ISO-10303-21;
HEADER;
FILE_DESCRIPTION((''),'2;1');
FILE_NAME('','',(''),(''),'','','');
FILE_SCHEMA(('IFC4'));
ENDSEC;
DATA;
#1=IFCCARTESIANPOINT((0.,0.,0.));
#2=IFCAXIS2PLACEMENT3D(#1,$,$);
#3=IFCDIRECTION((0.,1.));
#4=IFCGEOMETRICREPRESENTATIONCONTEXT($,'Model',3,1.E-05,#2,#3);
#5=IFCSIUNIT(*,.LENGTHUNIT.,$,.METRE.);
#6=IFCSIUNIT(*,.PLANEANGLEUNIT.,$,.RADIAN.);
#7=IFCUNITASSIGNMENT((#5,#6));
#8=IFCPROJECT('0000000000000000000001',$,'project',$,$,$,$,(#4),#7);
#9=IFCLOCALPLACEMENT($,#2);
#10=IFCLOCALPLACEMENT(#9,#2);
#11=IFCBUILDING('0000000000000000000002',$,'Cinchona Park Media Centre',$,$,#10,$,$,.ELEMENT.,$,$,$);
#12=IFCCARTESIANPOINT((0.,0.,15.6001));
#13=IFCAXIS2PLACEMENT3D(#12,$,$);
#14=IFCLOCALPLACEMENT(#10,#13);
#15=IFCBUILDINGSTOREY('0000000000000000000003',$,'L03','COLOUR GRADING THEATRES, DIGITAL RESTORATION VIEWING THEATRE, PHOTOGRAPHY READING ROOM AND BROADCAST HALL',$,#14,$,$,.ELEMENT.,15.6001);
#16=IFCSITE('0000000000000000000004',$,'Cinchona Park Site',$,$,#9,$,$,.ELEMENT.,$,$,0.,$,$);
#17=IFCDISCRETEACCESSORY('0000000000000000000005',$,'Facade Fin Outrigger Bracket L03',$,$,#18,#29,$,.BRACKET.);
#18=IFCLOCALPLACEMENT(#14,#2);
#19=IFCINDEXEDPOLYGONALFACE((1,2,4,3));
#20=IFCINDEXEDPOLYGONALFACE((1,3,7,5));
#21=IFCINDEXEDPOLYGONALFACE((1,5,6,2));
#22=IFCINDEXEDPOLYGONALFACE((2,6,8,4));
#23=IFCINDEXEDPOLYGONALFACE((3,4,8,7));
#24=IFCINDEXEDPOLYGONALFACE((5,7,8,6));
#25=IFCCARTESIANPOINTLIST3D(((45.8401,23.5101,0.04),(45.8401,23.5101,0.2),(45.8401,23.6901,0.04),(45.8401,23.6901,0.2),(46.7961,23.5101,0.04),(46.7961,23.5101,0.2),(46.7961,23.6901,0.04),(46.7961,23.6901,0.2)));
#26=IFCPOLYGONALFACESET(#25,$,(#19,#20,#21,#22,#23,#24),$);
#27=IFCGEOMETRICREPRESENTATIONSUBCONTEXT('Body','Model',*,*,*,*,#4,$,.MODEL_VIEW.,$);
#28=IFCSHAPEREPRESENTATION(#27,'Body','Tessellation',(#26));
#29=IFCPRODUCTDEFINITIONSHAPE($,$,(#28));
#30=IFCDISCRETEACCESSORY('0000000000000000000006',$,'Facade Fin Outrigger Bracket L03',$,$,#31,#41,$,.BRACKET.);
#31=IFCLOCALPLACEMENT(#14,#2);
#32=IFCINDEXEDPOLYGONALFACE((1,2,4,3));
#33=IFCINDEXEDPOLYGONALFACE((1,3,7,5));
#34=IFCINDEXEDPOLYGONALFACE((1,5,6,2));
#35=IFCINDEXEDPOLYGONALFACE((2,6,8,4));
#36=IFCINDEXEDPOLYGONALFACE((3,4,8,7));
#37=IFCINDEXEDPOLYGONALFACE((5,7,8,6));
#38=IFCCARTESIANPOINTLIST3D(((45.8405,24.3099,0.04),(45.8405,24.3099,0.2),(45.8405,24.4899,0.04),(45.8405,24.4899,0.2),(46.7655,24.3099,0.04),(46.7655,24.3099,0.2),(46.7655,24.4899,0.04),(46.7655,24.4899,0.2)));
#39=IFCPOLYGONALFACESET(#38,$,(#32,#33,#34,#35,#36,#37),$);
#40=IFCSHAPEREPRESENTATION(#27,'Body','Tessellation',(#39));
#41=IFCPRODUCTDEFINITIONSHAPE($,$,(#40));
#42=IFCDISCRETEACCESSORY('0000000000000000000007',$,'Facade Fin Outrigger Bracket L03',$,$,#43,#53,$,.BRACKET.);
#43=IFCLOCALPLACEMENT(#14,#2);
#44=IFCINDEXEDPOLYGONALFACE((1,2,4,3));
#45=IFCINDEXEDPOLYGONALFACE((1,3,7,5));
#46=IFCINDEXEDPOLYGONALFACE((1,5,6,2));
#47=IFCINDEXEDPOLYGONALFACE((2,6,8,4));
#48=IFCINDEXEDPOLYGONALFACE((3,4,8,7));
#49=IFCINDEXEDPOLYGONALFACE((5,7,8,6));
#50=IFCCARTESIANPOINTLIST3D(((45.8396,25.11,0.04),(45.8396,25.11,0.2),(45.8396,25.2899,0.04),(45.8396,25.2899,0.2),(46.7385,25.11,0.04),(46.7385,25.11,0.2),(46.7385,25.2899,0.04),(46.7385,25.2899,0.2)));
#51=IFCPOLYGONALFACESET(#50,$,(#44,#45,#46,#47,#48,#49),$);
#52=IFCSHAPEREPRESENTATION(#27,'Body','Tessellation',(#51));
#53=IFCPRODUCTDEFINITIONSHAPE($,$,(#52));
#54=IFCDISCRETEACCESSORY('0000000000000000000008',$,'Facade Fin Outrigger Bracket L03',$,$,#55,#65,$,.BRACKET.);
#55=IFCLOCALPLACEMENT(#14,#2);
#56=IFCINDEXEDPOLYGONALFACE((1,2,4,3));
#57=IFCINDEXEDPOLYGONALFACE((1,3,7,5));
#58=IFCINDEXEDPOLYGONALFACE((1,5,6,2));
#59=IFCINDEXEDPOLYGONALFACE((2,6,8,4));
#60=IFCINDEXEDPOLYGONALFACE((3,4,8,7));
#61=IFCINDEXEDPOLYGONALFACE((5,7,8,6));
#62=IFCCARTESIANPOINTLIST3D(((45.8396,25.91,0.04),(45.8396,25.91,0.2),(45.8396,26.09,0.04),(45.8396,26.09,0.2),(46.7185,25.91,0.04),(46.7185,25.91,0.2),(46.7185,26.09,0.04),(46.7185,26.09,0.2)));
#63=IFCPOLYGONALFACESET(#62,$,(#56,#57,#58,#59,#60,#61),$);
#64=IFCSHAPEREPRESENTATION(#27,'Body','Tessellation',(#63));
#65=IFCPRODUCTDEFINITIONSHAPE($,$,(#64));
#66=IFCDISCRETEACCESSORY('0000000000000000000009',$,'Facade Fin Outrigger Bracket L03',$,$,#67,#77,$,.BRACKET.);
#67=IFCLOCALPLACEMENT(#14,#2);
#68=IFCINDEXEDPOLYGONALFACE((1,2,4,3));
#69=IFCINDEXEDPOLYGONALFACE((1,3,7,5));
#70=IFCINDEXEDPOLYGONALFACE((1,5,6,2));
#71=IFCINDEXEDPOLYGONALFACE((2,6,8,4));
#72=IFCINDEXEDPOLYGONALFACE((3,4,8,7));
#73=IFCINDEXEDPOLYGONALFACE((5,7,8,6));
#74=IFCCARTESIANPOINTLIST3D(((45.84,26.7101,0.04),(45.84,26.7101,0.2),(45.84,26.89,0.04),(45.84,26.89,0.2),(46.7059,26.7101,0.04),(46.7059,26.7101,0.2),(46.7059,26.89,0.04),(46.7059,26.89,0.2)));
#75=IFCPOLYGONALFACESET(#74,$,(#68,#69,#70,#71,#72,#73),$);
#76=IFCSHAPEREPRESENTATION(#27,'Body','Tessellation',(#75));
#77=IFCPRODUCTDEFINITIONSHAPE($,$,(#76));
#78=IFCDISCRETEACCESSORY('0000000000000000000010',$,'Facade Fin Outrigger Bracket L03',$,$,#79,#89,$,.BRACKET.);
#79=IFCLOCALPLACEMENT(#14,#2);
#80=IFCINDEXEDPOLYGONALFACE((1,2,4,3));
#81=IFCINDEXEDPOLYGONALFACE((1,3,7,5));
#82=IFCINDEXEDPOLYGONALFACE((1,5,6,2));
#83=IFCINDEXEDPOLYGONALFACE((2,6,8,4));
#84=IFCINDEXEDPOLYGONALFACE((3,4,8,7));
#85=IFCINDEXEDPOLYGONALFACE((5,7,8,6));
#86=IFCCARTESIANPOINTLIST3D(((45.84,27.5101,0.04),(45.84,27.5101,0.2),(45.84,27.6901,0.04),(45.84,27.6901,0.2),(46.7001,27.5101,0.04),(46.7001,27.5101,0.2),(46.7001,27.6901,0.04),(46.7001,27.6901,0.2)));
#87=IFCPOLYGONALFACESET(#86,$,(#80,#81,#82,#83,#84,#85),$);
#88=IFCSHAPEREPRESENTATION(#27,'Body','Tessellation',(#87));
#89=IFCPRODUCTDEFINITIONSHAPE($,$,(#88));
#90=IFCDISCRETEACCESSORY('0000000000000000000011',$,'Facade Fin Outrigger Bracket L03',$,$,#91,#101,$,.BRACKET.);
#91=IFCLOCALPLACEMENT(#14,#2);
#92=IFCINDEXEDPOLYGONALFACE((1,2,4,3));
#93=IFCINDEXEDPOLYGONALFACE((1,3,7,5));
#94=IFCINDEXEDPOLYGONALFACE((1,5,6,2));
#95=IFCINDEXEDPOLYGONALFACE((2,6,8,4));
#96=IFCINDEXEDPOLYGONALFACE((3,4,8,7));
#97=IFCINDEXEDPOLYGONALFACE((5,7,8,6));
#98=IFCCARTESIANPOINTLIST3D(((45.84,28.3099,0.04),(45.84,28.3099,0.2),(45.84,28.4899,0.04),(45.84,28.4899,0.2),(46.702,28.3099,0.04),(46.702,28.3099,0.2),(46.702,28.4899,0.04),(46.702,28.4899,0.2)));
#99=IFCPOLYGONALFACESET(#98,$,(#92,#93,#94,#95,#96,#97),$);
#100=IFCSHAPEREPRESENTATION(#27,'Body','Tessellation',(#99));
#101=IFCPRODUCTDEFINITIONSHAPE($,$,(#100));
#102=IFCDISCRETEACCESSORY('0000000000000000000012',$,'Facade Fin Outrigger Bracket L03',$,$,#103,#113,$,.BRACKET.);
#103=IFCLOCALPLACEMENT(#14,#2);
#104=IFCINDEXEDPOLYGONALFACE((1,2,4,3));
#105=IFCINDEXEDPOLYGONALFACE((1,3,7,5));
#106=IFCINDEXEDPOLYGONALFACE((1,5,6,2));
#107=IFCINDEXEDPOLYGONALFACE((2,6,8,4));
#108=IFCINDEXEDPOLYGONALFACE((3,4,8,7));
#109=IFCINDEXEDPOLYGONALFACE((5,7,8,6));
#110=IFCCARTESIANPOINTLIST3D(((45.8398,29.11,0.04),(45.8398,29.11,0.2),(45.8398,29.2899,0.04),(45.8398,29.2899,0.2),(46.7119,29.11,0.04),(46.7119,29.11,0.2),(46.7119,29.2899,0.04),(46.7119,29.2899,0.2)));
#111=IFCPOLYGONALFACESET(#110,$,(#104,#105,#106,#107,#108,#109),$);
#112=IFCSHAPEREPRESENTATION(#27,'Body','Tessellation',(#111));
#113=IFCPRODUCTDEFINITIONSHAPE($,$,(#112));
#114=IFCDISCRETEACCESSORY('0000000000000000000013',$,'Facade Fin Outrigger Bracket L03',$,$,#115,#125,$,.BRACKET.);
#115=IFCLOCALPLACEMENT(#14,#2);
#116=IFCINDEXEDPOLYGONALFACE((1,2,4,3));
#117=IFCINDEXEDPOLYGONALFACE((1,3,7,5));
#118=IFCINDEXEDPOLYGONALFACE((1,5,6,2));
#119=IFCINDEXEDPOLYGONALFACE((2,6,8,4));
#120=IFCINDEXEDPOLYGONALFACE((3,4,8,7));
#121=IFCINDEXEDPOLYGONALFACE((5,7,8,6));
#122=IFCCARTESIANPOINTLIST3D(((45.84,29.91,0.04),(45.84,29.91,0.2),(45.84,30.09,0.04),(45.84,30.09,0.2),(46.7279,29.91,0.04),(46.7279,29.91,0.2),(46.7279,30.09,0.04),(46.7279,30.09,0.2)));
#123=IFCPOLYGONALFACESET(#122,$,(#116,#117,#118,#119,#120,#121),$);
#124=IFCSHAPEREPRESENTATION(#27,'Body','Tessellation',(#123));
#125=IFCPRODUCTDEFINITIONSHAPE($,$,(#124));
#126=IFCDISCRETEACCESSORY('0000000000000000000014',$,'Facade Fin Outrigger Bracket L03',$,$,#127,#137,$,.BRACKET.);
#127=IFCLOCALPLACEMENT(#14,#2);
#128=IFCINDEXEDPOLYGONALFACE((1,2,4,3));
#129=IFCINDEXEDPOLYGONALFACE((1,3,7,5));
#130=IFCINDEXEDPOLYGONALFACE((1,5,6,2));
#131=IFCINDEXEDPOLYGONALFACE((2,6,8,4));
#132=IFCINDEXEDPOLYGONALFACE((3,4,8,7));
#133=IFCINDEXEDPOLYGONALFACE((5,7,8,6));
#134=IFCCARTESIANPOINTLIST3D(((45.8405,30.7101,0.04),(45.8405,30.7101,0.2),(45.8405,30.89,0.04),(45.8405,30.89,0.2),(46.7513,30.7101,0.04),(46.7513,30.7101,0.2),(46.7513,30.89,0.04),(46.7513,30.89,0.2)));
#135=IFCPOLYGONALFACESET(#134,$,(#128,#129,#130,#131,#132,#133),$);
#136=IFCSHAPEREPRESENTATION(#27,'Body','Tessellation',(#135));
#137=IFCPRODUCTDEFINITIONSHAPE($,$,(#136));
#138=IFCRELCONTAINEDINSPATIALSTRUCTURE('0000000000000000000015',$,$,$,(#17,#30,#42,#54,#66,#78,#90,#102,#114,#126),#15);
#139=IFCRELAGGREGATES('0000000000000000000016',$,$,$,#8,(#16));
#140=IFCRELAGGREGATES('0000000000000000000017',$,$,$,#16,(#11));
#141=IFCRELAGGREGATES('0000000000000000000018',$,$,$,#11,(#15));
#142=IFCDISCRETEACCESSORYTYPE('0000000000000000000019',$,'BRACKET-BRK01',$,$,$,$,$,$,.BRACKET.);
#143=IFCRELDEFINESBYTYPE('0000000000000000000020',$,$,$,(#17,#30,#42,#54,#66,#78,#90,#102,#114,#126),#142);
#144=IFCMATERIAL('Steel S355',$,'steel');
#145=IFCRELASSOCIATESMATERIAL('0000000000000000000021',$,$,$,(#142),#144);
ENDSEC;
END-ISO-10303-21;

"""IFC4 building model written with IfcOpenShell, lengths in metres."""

from ifc_helpers import new_model, si_unit, direction, frame, origin, origin_2d, place, context, subcontext, project, spatial, rectangle, extrude, material, type_object, element, save


model = new_model("IFC4")

# Units and contexts
model_context = context("Model", 3, precision=1e-05, world=origin(), true_north=direction((0.0, 1.0)))
body_context = subcontext(model_context, "Body", "Model", "MODEL_VIEW")
ifc_project = project(units=[si_unit("LENGTHUNIT", "METRE"), si_unit("PLANEANGLEUNIT", "RADIAN")], contexts=[model_context])

# Site, building, storey
site_placement = place(None, origin())
site = spatial("IfcSite", under=ifc_project, at=site_placement, Name="Cinchona Park Site", CompositionType="ELEMENT", RefElevation=0.0)
building_placement = place(site_placement, origin())
building = spatial("IfcBuilding", under=site, at=building_placement, Name="Cinchona Park Media Centre", CompositionType="ELEMENT")
storey_placement = place(building_placement, frame((0.0, 0.0, 15.6001)))
storey = spatial("IfcBuildingStorey", under=building, at=storey_placement, Name="L03", Description="COLOUR GRADING THEATRES, DIGITAL RESTORATION VIEWING THEATRE, PHOTOGRAPHY READING ROOM AND BROADCAST HALL", CompositionType="ELEMENT", Elevation=15.6001)

# Discrete accessories
ifc_material_1 = material(Name="Steel S355", Category="steel")
discrete_accessory_type = type_object("IfcDiscreteAccessoryType", Name="BRACKET-BRK01", PredefinedType="BRACKET", material=ifc_material_1)
discrete_accessory_1_placement = place(storey_placement, frame((46.3181, 23.6001, 0.04), z_axis=(0.0, 0.0, 1.0), x_axis=(0.0, 1.0, 0.0)))
element("IfcDiscreteAccessory", 1, at=discrete_accessory_1_placement, inside=storey, type_object=discrete_accessory_type, Name="Facade Fin Outrigger Bracket L03", PredefinedType="BRACKET", context=body_context, shape_type="SweptSolid", body=[
    extrude(rectangle(XDim=0.1799, YDim=0.9561, at=origin_2d()), origin(), (0.0, 0.0, 1.0), 0.1599),
])
discrete_accessory_2_placement = place(storey_placement, frame((46.303, 24.3999, 0.04), z_axis=(0.0, 0.0, 1.0), x_axis=(0.0, 1.0, 0.0)))
element("IfcDiscreteAccessory", 2, at=discrete_accessory_2_placement, inside=storey, type_object=discrete_accessory_type, Name="Facade Fin Outrigger Bracket L03", PredefinedType="BRACKET", context=body_context, shape_type="SweptSolid", body=[
    extrude(rectangle(XDim=0.1799, YDim=0.925, at=origin_2d()), origin(), (0.0, 0.0, 1.0), 0.1599),
])
discrete_accessory_3_placement = place(storey_placement, frame((46.2891, 25.2, 0.04), z_axis=(0.0, 0.0, 1.0), x_axis=(0.0, 1.0, 0.0)))
element("IfcDiscreteAccessory", 3, at=discrete_accessory_3_placement, inside=storey, type_object=discrete_accessory_type, Name="Facade Fin Outrigger Bracket L03", PredefinedType="BRACKET", context=body_context, shape_type="SweptSolid", body=[
    extrude(rectangle(XDim=0.1799, YDim=0.8989, at=origin_2d()), origin(), (0.0, 0.0, 1.0), 0.1599),
])
discrete_accessory_4_placement = place(storey_placement, frame((46.2791, 26.0, 0.04), z_axis=(0.0, 0.0, 1.0), x_axis=(0.0, 1.0, 0.0)))
element("IfcDiscreteAccessory", 4, at=discrete_accessory_4_placement, inside=storey, type_object=discrete_accessory_type, Name="Facade Fin Outrigger Bracket L03", PredefinedType="BRACKET", context=body_context, shape_type="SweptSolid", body=[
    extrude(rectangle(XDim=0.1799, YDim=0.8789, at=origin_2d()), origin(), (0.0, 0.0, 1.0), 0.1599),
])
discrete_accessory_5_placement = place(storey_placement, frame((46.2729, 26.8, 0.04), z_axis=(0.0, 0.0, 1.0), x_axis=(0.0, 1.0, 0.0)))
element("IfcDiscreteAccessory", 5, at=discrete_accessory_5_placement, inside=storey, type_object=discrete_accessory_type, Name="Facade Fin Outrigger Bracket L03", PredefinedType="BRACKET", context=body_context, shape_type="SweptSolid", body=[
    extrude(rectangle(XDim=0.1799, YDim=0.866, at=origin_2d()), origin(), (0.0, 0.0, 1.0), 0.1599),
])
discrete_accessory_6_placement = place(storey_placement, frame((46.27, 27.6001, 0.04), z_axis=(0.0, 0.0, 1.0), x_axis=(0.0, 1.0, 0.0)))
element("IfcDiscreteAccessory", 6, at=discrete_accessory_6_placement, inside=storey, type_object=discrete_accessory_type, Name="Facade Fin Outrigger Bracket L03", PredefinedType="BRACKET", context=body_context, shape_type="SweptSolid", body=[
    extrude(rectangle(XDim=0.1799, YDim=0.8601, at=origin_2d()), origin(), (0.0, 0.0, 1.0), 0.1599),
])
discrete_accessory_7_placement = place(storey_placement, frame((46.271, 28.3999, 0.04), z_axis=(0.0, 0.0, 1.0), x_axis=(0.0, 1.0, 0.0)))
element("IfcDiscreteAccessory", 7, at=discrete_accessory_7_placement, inside=storey, type_object=discrete_accessory_type, Name="Facade Fin Outrigger Bracket L03", PredefinedType="BRACKET", context=body_context, shape_type="SweptSolid", body=[
    extrude(rectangle(XDim=0.1799, YDim=0.8621, at=origin_2d()), origin(), (0.0, 0.0, 1.0), 0.1599),
])
discrete_accessory_8_placement = place(storey_placement, frame((46.2759, 29.2, 0.04), z_axis=(0.0, 0.0, 1.0), x_axis=(0.0, 1.0, 0.0)))
element("IfcDiscreteAccessory", 8, at=discrete_accessory_8_placement, inside=storey, type_object=discrete_accessory_type, Name="Facade Fin Outrigger Bracket L03", PredefinedType="BRACKET", context=body_context, shape_type="SweptSolid", body=[
    extrude(rectangle(XDim=0.1799, YDim=0.8721, at=origin_2d()), origin(), (0.0, 0.0, 1.0), 0.1599),
])
discrete_accessory_9_placement = place(storey_placement, frame((46.2839, 30.0, 0.04), z_axis=(0.0, 0.0, 1.0), x_axis=(0.0, 1.0, 0.0)))
element("IfcDiscreteAccessory", 9, at=discrete_accessory_9_placement, inside=storey, type_object=discrete_accessory_type, Name="Facade Fin Outrigger Bracket L03", PredefinedType="BRACKET", context=body_context, shape_type="SweptSolid", body=[
    extrude(rectangle(XDim=0.1799, YDim=0.8879, at=origin_2d()), origin(), (0.0, 0.0, 1.0), 0.1599),
])
discrete_accessory_10_placement = place(storey_placement, frame((46.2959, 30.8, 0.04), z_axis=(0.0, 0.0, 1.0), x_axis=(0.0, 1.0, 0.0)))
element("IfcDiscreteAccessory", 10, at=discrete_accessory_10_placement, inside=storey, type_object=discrete_accessory_type, Name="Facade Fin Outrigger Bracket L03", PredefinedType="BRACKET", context=body_context, shape_type="SweptSolid", body=[
    extrude(rectangle(XDim=0.1799, YDim=0.9109, at=origin_2d()), origin(), (0.0, 0.0, 1.0), 0.1599),
])

save(model, "model.ifc")
